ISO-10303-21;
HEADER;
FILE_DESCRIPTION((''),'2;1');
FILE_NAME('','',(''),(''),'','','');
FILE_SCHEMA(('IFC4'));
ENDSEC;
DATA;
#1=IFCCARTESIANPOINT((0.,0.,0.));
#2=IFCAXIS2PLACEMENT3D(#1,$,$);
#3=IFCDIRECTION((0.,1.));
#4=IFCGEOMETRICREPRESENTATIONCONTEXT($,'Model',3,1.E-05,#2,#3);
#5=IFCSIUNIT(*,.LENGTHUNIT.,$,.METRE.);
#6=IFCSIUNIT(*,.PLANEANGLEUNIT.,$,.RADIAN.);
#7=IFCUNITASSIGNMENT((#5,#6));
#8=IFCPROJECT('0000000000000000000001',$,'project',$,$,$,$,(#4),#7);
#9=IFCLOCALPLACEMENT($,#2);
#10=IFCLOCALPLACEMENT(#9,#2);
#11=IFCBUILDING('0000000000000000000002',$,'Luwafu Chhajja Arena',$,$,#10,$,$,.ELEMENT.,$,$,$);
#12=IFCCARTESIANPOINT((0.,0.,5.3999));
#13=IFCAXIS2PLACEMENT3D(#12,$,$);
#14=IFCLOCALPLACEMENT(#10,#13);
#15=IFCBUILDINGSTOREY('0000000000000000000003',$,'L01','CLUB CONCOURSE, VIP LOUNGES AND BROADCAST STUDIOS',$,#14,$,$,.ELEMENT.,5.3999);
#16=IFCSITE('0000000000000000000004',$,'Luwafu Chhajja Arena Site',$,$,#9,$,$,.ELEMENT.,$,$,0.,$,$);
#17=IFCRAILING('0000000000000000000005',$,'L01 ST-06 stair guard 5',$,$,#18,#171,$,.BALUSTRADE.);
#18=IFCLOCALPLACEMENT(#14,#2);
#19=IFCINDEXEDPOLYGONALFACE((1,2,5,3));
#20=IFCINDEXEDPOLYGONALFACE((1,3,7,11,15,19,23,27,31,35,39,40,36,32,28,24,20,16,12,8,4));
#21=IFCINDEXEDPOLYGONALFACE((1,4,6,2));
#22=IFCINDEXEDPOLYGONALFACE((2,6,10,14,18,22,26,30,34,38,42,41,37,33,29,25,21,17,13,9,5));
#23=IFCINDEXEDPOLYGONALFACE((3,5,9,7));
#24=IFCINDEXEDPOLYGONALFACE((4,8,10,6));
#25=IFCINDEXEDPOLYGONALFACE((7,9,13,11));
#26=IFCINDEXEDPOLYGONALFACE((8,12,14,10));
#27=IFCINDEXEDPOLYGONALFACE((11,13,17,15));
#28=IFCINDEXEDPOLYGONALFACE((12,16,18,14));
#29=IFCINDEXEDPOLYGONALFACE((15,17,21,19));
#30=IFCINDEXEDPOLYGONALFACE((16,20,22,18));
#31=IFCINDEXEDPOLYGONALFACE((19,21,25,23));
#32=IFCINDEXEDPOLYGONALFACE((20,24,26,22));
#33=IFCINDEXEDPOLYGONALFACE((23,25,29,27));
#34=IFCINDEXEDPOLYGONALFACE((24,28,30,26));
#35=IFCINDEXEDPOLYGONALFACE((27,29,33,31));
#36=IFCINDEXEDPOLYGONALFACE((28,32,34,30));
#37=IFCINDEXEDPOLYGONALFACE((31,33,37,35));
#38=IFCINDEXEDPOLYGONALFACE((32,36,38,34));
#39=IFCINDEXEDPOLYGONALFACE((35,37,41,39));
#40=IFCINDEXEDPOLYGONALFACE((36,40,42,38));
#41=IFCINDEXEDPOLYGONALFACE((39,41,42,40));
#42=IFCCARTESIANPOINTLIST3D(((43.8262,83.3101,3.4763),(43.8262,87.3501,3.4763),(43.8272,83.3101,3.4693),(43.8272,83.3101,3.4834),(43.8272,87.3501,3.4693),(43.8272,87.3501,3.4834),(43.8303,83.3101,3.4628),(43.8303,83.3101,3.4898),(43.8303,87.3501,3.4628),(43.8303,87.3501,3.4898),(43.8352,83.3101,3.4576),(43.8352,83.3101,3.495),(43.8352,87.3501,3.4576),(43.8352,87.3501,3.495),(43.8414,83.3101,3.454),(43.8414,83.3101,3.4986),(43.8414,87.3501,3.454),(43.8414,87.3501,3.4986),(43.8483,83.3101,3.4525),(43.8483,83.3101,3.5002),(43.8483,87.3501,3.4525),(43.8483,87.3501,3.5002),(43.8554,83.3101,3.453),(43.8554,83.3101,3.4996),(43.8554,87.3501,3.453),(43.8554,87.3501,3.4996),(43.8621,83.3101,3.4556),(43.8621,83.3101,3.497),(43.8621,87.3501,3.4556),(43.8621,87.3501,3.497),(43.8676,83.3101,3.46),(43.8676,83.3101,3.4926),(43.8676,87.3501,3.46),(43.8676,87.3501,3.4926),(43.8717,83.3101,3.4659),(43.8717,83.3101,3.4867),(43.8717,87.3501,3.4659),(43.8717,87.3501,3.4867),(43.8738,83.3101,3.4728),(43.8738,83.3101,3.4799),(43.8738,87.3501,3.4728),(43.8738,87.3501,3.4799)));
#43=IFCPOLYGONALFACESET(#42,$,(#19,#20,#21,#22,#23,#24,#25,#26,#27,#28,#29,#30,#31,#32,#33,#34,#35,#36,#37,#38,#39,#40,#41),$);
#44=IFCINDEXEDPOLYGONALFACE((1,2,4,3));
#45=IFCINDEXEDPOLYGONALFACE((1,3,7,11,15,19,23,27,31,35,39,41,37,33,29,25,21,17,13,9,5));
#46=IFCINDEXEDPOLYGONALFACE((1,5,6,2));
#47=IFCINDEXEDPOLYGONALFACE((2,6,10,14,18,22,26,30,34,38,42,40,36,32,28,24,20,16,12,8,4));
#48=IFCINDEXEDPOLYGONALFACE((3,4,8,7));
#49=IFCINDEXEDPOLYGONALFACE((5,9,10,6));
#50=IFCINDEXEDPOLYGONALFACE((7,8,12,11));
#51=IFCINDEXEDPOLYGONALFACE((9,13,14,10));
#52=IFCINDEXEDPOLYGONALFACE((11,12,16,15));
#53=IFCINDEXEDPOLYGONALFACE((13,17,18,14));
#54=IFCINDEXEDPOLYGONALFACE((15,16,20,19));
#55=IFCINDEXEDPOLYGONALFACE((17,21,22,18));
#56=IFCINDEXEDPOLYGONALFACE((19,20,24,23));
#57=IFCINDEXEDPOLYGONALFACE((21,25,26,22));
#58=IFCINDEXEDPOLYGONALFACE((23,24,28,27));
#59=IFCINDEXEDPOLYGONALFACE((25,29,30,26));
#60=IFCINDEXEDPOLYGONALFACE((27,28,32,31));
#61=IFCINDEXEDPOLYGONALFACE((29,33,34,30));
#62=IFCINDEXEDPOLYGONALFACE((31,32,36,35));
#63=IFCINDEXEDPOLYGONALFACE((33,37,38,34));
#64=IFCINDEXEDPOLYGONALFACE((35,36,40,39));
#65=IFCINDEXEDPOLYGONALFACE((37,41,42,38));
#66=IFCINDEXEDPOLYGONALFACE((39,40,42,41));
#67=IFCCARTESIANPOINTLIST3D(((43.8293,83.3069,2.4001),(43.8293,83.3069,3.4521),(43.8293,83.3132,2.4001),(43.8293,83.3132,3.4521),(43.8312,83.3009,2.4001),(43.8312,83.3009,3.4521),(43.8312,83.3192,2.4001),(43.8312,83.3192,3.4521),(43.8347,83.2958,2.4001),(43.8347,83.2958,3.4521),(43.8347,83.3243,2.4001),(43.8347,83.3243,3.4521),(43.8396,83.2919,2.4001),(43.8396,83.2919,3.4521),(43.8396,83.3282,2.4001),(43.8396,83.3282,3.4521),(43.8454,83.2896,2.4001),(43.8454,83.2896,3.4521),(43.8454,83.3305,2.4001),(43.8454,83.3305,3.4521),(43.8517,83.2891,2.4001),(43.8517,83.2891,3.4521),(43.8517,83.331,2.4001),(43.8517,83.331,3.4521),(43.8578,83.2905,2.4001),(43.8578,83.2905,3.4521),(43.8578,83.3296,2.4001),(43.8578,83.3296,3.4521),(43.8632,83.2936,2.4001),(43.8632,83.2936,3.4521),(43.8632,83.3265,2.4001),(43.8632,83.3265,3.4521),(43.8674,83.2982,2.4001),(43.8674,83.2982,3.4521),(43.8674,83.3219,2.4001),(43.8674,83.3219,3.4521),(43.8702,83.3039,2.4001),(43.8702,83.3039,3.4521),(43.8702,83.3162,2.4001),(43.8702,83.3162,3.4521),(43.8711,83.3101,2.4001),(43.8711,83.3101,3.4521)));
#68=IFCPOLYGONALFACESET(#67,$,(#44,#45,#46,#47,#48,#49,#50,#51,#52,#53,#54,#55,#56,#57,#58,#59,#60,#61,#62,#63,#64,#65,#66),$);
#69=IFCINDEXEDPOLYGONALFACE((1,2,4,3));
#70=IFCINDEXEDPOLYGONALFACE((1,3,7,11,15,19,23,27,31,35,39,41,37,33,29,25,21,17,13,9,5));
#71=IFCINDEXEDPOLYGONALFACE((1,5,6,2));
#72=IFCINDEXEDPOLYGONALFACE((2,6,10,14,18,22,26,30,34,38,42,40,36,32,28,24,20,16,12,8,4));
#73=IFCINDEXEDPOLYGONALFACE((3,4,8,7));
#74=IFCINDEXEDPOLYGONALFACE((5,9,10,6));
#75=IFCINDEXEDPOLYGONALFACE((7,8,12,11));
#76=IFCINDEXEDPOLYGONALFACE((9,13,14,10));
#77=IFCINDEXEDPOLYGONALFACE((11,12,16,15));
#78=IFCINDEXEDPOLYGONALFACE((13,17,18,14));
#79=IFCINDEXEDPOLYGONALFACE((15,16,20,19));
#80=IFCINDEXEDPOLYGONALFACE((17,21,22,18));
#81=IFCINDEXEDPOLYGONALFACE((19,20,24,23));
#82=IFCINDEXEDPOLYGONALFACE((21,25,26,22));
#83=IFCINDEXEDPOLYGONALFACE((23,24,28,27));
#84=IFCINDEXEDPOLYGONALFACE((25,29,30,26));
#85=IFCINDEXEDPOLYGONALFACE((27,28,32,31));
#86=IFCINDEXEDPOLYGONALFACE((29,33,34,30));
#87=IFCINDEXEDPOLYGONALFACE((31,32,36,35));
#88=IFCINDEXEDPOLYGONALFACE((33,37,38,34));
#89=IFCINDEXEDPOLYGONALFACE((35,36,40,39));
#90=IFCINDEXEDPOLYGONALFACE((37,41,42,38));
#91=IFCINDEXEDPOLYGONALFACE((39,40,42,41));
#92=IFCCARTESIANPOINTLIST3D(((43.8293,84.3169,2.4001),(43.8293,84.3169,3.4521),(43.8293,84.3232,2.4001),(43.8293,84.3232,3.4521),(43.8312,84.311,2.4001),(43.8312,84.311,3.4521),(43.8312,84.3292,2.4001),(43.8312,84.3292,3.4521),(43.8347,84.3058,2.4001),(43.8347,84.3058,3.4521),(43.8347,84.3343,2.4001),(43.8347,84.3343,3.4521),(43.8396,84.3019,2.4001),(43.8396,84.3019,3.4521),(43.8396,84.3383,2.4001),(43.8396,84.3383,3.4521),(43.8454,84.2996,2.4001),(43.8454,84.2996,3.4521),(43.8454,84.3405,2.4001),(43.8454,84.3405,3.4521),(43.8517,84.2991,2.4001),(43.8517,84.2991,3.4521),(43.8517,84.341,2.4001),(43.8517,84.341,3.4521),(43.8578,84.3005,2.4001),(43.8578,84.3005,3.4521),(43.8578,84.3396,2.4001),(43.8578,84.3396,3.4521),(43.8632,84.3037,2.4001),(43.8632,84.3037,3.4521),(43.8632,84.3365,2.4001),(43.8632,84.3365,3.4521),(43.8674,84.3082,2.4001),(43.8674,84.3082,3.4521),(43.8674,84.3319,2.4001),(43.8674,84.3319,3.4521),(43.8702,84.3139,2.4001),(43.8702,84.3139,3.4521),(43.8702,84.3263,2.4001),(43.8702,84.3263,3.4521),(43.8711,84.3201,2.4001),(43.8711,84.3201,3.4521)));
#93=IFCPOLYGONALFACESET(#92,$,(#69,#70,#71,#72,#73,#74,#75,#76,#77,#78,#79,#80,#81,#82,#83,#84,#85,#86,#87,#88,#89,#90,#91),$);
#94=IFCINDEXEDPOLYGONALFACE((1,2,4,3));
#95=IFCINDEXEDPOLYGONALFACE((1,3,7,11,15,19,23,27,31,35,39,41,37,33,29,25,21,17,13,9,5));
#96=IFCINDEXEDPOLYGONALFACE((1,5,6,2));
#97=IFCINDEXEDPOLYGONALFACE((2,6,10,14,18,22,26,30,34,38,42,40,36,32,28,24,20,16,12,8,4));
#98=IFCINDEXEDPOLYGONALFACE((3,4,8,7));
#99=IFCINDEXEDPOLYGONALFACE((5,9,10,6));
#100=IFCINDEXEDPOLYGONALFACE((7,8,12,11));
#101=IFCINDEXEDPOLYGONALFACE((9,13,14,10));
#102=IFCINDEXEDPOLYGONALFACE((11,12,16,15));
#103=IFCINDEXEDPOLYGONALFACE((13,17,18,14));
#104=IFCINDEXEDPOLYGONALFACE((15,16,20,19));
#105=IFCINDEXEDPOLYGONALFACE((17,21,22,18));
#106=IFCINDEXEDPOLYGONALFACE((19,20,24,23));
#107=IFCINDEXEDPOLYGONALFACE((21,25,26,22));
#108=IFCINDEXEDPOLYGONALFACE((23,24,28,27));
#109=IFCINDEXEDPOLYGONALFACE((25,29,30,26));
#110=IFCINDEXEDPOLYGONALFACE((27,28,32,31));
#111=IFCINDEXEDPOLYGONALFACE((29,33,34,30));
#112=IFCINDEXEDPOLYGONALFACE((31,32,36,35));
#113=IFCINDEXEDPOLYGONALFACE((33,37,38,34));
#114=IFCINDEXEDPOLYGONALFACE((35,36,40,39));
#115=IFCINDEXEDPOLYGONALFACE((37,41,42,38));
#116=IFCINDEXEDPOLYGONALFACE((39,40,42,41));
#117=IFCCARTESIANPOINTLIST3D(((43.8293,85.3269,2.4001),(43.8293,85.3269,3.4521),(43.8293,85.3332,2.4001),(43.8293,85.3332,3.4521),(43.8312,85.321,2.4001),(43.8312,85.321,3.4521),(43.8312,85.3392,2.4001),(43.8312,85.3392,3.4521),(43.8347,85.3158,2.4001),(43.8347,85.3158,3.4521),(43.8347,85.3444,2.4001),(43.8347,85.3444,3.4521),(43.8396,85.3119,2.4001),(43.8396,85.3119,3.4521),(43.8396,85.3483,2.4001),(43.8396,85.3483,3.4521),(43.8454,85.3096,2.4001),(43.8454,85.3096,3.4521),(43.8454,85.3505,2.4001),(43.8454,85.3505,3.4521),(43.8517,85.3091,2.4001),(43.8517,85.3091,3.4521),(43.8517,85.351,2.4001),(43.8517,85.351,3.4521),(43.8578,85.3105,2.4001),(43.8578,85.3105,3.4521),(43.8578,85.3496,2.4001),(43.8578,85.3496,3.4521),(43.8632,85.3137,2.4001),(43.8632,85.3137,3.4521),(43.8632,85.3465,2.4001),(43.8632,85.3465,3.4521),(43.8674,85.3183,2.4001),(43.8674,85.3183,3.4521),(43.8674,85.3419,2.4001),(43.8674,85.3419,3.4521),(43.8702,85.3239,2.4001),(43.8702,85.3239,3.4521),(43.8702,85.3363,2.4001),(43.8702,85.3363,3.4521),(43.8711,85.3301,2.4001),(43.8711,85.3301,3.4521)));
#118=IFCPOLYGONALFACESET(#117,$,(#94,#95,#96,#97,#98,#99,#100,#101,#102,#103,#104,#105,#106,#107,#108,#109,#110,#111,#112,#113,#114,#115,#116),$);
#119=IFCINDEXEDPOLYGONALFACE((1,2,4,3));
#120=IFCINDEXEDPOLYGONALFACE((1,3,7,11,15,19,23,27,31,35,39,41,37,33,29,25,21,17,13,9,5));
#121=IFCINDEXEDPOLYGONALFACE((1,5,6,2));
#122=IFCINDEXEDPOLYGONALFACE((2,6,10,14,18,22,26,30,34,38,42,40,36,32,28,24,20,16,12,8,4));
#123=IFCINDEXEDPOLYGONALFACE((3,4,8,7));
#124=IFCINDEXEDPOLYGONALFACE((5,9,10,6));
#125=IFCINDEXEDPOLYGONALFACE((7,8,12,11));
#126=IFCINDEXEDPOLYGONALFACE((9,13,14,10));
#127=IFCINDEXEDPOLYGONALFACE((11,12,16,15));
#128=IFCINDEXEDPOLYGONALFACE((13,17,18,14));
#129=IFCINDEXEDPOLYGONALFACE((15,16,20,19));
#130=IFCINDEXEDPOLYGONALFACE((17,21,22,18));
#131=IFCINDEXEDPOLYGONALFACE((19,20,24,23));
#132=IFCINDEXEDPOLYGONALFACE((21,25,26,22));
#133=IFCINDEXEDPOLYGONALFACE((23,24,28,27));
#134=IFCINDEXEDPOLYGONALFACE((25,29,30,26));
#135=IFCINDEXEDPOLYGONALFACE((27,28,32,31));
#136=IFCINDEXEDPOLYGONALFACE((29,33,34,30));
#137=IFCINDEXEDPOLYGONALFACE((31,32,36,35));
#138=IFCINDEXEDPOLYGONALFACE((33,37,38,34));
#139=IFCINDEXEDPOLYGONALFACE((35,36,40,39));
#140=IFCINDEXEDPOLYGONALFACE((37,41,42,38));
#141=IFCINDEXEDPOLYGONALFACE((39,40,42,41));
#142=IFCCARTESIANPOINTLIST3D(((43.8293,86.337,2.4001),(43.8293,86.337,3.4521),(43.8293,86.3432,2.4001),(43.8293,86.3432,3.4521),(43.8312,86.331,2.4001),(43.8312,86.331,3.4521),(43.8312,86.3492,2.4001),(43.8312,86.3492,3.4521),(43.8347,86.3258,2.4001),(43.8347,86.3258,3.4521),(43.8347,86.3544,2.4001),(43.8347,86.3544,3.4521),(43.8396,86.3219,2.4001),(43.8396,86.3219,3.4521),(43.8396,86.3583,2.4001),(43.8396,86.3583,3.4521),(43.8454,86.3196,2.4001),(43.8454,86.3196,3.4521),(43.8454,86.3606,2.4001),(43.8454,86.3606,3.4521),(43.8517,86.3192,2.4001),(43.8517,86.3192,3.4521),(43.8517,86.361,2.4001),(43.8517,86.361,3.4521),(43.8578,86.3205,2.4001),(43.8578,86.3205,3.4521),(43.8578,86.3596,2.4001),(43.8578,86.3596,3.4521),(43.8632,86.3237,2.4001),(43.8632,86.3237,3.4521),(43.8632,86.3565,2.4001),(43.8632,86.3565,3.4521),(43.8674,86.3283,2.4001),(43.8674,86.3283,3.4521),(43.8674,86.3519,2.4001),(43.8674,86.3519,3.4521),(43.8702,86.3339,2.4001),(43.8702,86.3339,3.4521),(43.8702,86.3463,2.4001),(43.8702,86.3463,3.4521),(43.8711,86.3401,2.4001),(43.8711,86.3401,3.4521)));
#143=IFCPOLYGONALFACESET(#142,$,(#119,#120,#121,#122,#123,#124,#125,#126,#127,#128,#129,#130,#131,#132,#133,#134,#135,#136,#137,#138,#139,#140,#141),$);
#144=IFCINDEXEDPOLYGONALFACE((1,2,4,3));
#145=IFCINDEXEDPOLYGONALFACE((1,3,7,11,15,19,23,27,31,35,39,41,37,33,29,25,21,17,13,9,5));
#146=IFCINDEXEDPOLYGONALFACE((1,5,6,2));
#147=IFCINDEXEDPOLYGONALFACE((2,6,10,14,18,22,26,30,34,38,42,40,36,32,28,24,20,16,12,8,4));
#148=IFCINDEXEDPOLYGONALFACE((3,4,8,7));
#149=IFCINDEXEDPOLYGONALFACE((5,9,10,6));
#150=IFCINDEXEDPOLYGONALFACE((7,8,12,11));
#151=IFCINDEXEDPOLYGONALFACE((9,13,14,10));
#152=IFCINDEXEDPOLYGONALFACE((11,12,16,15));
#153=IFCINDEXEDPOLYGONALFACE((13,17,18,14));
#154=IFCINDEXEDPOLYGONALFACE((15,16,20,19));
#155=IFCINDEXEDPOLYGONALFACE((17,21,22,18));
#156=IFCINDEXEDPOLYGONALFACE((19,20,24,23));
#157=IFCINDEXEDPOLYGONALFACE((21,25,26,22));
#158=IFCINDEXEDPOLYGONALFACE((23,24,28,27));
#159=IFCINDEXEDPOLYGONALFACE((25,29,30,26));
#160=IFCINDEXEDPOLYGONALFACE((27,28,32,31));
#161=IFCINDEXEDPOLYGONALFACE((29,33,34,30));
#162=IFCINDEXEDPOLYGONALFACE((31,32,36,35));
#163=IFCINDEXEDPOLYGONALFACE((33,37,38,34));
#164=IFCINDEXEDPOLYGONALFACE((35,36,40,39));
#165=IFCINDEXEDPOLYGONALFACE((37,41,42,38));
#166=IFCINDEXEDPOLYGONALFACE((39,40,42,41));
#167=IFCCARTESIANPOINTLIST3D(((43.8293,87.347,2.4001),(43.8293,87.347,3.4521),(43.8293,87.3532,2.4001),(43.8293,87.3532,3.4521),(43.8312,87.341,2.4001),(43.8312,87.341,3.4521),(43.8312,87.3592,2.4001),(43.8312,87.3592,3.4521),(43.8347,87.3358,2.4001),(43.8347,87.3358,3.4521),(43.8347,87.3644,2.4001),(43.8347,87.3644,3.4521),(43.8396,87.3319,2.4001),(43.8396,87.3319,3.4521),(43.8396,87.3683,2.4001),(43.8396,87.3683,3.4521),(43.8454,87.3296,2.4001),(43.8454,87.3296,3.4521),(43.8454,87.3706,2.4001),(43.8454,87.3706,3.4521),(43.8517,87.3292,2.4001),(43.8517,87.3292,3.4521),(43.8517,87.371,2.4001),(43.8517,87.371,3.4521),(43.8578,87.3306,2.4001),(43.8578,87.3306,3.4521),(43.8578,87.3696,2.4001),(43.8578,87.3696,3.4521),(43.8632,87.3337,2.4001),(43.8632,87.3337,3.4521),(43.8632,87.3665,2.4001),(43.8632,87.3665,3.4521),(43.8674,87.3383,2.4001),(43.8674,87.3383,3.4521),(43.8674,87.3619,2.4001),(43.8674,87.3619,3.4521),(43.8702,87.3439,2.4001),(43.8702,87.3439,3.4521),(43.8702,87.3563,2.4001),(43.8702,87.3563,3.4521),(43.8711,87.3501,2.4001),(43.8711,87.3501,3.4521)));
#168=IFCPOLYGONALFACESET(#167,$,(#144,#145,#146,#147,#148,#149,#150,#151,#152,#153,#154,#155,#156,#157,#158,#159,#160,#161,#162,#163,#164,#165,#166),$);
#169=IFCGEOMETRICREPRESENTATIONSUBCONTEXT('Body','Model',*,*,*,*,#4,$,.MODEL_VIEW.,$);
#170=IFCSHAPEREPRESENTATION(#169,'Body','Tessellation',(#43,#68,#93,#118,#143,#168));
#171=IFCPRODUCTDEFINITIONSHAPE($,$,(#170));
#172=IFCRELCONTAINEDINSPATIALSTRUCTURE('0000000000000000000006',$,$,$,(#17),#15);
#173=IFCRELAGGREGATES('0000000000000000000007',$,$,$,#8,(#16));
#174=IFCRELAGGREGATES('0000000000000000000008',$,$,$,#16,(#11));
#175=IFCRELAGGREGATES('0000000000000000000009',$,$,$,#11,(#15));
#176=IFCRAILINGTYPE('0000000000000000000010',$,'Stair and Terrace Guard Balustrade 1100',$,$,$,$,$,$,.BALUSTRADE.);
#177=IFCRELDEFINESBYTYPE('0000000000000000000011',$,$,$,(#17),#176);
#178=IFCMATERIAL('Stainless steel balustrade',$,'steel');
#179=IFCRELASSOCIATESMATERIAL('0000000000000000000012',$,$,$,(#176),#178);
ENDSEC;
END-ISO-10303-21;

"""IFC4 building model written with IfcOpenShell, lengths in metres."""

from ifc_helpers import new_model, si_unit, direction, frame, origin, origin_2d, place, context, subcontext, project, spatial, circle, extrude, material, type_object, element, save


model = new_model("IFC4")

# Units and contexts
model_context = context("Model", 3, precision=1e-05, world=origin(), true_north=direction((0.0, 1.0)))
body_context = subcontext(model_context, "Body", "Model", "MODEL_VIEW")
ifc_project = project(units=[si_unit("LENGTHUNIT", "METRE"), si_unit("PLANEANGLEUNIT", "RADIAN")], contexts=[model_context])

# Site, building, storey
site_placement = place(None, origin())
site = spatial("IfcSite", under=ifc_project, at=site_placement, Name="Luwafu Chhajja Arena Site", CompositionType="ELEMENT", RefElevation=0.0)
building_placement = place(site_placement, origin())
building = spatial("IfcBuilding", under=site, at=building_placement, Name="Luwafu Chhajja Arena", CompositionType="ELEMENT")
storey_placement = place(building_placement, frame((0.0, 0.0, 5.3999)))
storey = spatial("IfcBuildingStorey", under=building, at=storey_placement, Name="L01", Description="CLUB CONCOURSE, VIP LOUNGES AND BROADCAST STUDIOS", CompositionType="ELEMENT", Elevation=5.3999)

# Railing
ifc_material_1 = material(Name="Stainless steel balustrade", Category="steel")
railing_type_1 = type_object("IfcRailingType", Name="Stair and Terrace Guard Balustrade 1100", PredefinedType="BALUSTRADE", material=ifc_material_1)
railing_1_placement = place(storey_placement, frame((43.8501, 83.3101, 2.4001)))
element("IfcRailing", 1, at=railing_1_placement, inside=storey, type_object=railing_type_1, Name="L01 ST-06 stair guard 5", PredefinedType="BALUSTRADE", context=body_context, shape_type="SweptSolid", body=[
    extrude(circle(Radius=0.0239, at=origin_2d()), frame((0.0, 0.0, 1.0762), z_axis=(0.0, 1.0, 0.0), x_axis=(-1.0, 0.0, 0.0)), (0.0, 0.0, 1.0), 4.04),
    extrude(circle(Radius=0.021, at=origin_2d()), origin(), (0.0, 0.0, 1.0), 1.052),
    extrude(circle(Radius=0.021, at=origin_2d()), frame((0.0, 1.01, 0.0)), (0.0, 0.0, 1.0), 1.052),
    extrude(circle(Radius=0.021, at=origin_2d()), frame((0.0, 2.02, 0.0)), (0.0, 0.0, 1.0), 1.052),
    extrude(circle(Radius=0.021, at=origin_2d()), frame((0.0, 3.03, 0.0)), (0.0, 0.0, 1.0), 1.052),
    extrude(circle(Radius=0.021, at=origin_2d()), frame((0.0, 4.04, 0.0)), (0.0, 0.0, 1.0), 1.052),
])

save(model, "model.ifc")
